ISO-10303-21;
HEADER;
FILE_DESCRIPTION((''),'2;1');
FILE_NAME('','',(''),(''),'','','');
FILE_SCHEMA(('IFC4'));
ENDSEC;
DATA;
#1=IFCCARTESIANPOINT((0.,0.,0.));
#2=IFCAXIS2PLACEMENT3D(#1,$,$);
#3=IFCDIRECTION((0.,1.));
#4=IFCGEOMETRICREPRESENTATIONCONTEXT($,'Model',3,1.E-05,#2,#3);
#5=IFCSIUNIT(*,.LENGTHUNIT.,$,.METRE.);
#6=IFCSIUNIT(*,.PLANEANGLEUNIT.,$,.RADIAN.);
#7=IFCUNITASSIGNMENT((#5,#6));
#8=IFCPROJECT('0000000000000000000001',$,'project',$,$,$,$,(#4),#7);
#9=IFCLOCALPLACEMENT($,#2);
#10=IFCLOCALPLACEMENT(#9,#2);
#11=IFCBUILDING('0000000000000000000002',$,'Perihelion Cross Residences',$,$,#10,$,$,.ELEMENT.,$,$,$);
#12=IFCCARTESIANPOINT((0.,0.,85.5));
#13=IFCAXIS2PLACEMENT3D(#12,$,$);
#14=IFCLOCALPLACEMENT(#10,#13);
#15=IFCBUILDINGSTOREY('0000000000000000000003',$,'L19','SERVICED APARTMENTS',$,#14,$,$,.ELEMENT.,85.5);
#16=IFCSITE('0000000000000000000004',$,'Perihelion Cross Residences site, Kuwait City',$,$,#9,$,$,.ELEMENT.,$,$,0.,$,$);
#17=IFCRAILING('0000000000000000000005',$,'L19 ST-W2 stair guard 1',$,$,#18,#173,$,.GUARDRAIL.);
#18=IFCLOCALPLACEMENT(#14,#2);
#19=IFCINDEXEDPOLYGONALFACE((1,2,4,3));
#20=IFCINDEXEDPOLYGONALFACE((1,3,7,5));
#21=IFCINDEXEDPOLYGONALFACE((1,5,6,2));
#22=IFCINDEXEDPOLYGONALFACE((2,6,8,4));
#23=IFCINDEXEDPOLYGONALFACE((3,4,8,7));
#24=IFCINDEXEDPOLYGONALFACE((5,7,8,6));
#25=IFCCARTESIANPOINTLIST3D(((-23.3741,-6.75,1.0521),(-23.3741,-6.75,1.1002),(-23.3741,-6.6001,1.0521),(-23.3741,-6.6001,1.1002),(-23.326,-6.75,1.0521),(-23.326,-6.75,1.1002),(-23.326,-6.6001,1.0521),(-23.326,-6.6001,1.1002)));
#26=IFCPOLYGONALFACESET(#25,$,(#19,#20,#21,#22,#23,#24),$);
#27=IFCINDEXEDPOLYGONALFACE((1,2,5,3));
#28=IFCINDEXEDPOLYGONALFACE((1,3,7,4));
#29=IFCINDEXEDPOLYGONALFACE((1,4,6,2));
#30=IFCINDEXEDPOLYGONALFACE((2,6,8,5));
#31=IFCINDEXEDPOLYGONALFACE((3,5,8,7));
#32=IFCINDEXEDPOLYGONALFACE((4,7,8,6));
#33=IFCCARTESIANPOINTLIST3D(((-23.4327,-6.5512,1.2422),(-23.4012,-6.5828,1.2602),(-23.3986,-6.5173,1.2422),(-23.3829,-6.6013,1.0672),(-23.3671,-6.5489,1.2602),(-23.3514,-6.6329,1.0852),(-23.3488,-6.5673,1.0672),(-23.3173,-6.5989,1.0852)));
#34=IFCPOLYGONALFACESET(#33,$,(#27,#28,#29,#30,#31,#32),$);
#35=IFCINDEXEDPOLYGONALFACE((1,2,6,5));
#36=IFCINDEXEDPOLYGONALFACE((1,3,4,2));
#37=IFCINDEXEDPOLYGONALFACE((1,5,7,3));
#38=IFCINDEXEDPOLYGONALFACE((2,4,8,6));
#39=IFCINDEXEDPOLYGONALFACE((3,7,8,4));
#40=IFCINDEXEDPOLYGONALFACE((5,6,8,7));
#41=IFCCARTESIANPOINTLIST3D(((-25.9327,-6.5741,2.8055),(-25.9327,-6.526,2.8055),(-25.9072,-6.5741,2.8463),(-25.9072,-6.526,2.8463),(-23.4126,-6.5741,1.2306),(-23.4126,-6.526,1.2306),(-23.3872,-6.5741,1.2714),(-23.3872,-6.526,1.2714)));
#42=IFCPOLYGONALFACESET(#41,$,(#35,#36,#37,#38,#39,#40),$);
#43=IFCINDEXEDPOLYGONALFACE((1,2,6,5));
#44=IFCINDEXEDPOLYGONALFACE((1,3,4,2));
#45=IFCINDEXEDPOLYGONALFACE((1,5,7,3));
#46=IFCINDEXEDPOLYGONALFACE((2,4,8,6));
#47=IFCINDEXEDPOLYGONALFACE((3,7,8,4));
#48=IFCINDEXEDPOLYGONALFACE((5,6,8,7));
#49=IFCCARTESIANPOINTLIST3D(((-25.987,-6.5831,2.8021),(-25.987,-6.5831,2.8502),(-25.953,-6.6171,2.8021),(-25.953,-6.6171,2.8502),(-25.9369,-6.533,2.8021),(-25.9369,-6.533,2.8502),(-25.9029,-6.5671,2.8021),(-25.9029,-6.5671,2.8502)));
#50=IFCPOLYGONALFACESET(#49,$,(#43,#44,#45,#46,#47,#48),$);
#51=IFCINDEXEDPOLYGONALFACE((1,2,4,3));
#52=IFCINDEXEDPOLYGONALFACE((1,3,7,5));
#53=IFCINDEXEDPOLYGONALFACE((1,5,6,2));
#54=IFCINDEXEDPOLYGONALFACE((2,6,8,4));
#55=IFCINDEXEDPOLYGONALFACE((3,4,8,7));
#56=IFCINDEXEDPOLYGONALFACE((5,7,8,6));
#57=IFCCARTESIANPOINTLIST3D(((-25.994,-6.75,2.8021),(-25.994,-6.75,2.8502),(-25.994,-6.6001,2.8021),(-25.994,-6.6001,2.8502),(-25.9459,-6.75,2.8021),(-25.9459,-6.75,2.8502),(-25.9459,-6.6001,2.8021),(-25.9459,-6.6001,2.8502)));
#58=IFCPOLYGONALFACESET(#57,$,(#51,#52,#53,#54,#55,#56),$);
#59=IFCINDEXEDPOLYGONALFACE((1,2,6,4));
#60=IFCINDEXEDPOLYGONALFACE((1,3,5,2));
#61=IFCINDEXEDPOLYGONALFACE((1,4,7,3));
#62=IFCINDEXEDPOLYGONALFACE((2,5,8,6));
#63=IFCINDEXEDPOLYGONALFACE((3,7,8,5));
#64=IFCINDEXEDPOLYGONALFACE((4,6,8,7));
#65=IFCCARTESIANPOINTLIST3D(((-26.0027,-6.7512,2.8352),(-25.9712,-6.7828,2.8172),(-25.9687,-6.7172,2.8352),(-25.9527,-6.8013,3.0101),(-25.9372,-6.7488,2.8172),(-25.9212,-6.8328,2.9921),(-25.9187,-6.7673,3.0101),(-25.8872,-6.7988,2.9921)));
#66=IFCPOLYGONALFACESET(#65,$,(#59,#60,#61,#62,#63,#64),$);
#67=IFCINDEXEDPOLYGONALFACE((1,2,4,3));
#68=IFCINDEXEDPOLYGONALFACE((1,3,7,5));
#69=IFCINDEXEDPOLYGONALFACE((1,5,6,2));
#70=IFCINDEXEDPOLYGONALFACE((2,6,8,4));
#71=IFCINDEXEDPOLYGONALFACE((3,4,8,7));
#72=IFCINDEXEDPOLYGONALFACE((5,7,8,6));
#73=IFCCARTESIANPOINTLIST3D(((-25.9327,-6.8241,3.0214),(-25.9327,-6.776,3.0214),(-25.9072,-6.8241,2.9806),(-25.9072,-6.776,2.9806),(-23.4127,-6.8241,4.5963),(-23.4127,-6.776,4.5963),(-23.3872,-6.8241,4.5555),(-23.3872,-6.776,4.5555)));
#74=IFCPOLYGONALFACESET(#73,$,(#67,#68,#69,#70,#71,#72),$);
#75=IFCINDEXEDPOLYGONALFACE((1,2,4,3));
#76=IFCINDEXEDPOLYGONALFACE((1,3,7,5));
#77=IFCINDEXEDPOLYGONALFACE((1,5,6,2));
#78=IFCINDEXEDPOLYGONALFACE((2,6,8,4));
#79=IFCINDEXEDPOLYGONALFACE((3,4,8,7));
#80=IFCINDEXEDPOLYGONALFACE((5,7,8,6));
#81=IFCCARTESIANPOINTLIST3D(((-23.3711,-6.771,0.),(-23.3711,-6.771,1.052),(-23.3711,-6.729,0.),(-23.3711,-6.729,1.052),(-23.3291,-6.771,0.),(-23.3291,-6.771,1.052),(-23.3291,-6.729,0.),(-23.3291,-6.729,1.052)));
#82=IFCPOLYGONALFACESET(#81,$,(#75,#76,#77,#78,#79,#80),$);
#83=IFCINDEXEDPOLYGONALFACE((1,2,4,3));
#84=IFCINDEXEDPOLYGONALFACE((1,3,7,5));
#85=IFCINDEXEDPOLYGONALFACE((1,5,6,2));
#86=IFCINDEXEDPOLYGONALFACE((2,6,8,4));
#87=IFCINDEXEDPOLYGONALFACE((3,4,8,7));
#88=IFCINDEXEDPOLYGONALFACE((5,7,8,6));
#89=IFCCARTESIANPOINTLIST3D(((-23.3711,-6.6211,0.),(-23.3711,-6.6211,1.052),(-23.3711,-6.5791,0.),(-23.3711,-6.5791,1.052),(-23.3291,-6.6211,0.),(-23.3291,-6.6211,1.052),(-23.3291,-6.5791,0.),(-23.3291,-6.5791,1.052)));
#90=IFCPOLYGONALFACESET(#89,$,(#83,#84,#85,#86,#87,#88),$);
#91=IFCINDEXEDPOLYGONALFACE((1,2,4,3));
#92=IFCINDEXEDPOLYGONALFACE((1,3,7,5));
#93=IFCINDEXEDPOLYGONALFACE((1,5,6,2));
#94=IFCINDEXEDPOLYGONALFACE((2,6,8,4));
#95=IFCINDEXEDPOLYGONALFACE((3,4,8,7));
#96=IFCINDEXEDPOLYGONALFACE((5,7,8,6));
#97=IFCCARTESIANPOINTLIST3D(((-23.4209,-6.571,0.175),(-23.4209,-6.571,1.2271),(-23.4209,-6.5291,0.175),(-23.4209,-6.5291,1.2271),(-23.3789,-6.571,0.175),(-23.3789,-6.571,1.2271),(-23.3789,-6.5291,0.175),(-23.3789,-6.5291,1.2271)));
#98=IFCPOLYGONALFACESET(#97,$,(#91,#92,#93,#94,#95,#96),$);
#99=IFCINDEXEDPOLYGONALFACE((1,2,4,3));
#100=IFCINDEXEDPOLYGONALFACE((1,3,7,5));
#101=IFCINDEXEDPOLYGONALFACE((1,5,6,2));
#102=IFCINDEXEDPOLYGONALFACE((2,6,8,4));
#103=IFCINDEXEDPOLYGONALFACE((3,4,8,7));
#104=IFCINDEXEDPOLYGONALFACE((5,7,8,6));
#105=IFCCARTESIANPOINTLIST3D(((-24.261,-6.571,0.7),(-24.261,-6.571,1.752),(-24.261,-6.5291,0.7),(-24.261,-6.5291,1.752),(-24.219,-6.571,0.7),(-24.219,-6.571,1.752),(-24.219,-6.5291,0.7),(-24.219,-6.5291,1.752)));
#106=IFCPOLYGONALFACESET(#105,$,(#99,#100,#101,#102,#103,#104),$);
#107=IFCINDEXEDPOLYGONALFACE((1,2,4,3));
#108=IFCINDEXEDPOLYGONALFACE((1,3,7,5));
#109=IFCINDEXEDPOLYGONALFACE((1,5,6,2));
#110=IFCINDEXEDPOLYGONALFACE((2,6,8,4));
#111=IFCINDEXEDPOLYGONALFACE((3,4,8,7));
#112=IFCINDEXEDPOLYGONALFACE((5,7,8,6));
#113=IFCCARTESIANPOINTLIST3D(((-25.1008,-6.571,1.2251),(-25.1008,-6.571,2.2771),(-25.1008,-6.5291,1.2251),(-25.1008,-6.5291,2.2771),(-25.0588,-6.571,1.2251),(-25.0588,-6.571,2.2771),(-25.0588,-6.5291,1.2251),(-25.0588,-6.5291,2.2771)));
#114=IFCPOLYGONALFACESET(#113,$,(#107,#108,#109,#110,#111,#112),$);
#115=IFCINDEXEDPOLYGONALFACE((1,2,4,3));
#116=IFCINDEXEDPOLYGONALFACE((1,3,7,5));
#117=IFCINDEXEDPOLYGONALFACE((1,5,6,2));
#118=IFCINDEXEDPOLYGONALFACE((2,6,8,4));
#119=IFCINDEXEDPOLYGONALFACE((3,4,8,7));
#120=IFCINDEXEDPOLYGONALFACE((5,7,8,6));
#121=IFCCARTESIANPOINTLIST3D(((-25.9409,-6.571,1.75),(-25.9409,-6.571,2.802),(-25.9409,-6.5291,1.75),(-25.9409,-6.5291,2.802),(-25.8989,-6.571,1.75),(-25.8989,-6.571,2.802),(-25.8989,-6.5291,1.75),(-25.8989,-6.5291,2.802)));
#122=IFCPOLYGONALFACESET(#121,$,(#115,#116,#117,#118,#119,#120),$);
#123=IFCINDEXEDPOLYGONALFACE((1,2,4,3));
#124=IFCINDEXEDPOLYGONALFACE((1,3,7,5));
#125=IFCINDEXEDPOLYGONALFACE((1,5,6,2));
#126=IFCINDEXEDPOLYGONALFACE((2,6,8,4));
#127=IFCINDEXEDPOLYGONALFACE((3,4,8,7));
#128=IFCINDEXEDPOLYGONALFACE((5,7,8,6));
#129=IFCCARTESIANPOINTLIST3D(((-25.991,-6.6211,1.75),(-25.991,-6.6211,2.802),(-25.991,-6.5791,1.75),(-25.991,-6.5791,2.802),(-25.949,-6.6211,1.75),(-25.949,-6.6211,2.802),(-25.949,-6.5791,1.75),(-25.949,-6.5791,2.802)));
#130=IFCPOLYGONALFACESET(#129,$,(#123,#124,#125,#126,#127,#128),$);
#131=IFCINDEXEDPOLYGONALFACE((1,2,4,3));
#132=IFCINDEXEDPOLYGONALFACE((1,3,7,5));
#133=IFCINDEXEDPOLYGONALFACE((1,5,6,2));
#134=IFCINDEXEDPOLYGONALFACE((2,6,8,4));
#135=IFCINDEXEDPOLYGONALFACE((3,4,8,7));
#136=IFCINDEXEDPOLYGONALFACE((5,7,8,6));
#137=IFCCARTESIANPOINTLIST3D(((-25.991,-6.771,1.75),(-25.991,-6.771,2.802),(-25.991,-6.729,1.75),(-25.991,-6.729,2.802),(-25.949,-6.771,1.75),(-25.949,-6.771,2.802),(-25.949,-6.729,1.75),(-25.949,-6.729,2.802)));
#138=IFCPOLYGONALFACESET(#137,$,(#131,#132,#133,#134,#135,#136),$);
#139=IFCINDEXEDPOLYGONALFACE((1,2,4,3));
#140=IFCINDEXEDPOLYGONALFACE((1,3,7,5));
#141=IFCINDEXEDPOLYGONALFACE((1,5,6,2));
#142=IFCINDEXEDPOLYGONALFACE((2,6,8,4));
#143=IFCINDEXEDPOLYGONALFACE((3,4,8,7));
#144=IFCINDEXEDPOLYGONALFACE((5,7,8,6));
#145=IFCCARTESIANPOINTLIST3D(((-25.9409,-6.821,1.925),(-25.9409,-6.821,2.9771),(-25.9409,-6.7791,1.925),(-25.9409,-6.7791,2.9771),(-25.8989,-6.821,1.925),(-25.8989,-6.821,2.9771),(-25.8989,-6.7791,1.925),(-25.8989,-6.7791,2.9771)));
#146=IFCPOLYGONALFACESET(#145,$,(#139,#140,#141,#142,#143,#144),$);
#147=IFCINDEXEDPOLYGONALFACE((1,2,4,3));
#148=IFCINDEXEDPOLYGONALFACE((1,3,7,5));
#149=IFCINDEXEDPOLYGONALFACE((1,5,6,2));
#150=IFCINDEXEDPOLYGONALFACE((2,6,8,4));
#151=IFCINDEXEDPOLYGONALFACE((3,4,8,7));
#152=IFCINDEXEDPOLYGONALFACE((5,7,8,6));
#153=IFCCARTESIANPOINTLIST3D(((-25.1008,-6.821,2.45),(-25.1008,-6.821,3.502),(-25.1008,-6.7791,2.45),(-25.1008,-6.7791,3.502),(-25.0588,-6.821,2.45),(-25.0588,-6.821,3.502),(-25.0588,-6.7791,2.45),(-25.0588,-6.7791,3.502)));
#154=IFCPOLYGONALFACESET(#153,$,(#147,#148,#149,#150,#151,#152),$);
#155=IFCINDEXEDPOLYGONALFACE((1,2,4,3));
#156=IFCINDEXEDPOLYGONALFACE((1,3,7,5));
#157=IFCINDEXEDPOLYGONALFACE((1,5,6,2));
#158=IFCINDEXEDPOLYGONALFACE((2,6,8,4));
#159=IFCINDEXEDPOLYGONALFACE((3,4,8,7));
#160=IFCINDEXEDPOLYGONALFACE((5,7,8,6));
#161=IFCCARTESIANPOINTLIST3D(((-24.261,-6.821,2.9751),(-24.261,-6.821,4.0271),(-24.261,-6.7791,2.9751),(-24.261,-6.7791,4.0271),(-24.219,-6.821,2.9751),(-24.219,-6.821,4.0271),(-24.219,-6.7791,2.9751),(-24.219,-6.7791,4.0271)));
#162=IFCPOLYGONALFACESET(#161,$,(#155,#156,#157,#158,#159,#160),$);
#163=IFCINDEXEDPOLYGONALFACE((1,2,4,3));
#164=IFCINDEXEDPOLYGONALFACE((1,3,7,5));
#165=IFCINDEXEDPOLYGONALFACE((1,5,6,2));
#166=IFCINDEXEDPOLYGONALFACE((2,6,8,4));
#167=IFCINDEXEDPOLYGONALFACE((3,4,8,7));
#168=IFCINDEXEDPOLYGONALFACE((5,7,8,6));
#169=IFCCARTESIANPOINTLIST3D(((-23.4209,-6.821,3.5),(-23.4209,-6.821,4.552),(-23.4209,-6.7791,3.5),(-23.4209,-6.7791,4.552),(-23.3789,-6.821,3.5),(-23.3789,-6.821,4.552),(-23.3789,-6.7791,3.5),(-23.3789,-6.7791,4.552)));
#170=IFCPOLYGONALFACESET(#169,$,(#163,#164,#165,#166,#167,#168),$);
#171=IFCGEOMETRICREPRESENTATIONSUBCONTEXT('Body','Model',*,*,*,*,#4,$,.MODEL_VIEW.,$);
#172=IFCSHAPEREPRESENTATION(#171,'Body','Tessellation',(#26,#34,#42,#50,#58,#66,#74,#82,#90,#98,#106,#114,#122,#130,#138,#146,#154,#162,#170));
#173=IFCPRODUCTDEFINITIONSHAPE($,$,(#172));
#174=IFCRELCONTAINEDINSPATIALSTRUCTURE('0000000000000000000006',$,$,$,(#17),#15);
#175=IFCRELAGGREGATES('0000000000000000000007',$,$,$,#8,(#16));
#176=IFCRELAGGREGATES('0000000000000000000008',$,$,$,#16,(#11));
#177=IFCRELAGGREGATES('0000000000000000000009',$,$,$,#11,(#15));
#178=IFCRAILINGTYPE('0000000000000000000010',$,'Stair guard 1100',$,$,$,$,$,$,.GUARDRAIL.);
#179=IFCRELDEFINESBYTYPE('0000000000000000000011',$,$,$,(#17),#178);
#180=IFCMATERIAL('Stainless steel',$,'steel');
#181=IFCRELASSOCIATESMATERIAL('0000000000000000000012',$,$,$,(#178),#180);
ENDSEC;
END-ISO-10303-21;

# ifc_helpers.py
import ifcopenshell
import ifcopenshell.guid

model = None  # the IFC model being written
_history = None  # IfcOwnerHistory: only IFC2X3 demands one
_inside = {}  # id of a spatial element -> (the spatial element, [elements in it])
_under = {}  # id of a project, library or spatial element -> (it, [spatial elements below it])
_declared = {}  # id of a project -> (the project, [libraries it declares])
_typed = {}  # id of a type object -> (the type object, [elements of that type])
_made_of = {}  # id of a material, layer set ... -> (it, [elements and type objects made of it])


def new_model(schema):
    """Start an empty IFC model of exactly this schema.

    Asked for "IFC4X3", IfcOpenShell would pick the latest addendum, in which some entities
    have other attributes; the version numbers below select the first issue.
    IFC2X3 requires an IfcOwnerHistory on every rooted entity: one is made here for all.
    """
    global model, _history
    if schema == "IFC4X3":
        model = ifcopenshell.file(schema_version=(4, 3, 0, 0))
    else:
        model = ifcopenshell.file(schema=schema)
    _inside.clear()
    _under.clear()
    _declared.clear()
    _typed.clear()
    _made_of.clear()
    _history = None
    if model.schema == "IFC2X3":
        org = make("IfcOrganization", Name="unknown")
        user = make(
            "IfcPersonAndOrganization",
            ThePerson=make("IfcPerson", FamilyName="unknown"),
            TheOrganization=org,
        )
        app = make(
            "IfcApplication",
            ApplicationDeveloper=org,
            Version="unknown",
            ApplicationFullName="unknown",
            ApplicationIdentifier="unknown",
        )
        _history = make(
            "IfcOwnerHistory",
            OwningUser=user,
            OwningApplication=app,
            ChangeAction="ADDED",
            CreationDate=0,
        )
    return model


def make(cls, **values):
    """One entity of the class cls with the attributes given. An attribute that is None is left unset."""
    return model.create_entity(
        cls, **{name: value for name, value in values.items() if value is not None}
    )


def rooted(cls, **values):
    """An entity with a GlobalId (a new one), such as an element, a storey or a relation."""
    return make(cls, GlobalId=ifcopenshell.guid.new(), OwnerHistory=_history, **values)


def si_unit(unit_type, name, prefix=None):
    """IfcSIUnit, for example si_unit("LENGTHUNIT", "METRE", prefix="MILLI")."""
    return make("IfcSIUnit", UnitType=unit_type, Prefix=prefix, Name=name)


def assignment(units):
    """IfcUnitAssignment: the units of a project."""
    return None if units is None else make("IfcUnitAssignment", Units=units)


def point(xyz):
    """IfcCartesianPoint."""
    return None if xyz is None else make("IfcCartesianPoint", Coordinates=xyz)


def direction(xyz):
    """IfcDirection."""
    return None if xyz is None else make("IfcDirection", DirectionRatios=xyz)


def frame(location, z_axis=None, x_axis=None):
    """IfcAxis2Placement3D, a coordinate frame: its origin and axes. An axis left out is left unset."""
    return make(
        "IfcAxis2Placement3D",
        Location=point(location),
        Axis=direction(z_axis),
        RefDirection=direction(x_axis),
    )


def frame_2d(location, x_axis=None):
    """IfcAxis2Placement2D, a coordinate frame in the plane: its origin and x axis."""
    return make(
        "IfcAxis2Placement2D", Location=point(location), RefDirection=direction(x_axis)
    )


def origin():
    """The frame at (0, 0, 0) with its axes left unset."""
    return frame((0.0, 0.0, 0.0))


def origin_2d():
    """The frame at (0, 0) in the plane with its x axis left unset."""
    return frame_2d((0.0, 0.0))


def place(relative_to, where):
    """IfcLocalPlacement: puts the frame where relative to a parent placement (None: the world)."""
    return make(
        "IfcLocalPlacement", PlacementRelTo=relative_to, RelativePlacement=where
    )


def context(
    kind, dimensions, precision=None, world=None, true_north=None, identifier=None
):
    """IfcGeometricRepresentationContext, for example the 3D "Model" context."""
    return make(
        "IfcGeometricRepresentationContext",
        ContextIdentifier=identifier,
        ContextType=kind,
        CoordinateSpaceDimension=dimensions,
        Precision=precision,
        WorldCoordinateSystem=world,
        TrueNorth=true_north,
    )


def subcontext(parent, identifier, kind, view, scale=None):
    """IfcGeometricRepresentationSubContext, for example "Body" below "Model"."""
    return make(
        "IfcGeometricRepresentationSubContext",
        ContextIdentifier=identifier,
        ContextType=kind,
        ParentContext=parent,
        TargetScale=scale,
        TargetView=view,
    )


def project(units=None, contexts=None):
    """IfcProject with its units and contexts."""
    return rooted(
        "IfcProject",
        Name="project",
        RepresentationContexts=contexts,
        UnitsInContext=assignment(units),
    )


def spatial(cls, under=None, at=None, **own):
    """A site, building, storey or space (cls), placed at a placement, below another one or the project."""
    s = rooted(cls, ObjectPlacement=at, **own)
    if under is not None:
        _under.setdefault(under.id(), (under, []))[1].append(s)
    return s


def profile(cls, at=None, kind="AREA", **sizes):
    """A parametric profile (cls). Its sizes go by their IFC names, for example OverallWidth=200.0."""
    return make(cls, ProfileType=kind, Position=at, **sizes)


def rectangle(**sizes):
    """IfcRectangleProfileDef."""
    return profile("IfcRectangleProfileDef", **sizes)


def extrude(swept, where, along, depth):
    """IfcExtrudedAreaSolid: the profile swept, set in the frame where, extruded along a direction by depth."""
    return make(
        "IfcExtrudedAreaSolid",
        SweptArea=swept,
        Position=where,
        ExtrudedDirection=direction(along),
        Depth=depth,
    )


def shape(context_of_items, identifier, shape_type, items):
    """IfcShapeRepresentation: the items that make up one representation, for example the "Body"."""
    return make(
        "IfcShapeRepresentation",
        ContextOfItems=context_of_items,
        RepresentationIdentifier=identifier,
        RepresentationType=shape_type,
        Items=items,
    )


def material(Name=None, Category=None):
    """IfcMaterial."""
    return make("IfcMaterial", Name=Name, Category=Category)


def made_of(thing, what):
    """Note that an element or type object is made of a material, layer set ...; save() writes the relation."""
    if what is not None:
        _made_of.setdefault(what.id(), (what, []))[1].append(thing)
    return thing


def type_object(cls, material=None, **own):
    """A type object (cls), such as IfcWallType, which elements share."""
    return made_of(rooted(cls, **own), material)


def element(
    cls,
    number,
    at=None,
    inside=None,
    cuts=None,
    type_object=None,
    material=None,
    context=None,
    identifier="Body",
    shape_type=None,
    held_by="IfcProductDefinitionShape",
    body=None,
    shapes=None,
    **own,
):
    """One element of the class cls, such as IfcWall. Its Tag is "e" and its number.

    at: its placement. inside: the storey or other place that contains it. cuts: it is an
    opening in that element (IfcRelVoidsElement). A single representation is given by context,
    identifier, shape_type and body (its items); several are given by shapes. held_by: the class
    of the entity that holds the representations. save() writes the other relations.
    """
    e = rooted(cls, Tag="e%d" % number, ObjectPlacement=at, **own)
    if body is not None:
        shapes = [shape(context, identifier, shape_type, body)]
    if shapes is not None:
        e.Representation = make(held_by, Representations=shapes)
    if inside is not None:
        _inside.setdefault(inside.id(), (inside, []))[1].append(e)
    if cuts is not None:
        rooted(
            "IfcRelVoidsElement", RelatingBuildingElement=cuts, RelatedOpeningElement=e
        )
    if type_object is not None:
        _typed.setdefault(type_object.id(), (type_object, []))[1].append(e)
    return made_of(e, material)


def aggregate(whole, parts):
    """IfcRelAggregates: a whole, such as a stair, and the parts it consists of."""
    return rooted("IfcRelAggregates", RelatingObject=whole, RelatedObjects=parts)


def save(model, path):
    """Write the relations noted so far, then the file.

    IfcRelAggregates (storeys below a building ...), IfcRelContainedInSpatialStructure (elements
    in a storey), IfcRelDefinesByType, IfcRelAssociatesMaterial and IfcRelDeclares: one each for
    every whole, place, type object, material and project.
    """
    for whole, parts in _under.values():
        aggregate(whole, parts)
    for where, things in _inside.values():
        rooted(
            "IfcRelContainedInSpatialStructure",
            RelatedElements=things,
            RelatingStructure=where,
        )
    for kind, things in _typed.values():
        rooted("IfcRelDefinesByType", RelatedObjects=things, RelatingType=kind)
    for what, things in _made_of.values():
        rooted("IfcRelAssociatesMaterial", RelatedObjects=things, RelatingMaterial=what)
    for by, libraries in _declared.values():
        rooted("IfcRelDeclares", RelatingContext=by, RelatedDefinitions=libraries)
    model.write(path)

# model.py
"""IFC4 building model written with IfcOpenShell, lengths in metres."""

from ifc_helpers import new_model, si_unit, direction, frame, origin, origin_2d, place, context, subcontext, project, spatial, rectangle, extrude, material, type_object, element, save


model = new_model("IFC4")

# Units and contexts
model_context = context("Model", 3, precision=1e-05, world=origin(), true_north=direction((0.0, 1.0)))
body_context = subcontext(model_context, "Body", "Model", "MODEL_VIEW")
ifc_project = project(units=[si_unit("LENGTHUNIT", "METRE"), si_unit("PLANEANGLEUNIT", "RADIAN")], contexts=[model_context])

# Site, building, storey
site_placement = place(None, origin())
site = spatial("IfcSite", under=ifc_project, at=site_placement, Name="Perihelion Cross Residences site, Kuwait City", CompositionType="ELEMENT", RefElevation=0.0)
building_placement = place(site_placement, origin())
building = spatial("IfcBuilding", under=site, at=building_placement, Name="Perihelion Cross Residences", CompositionType="ELEMENT")
storey_placement = place(building_placement, frame((0.0, 0.0, 85.5)))
storey = spatial("IfcBuildingStorey", under=building, at=storey_placement, Name="L19", Description="SERVICED APARTMENTS", CompositionType="ELEMENT", Elevation=85.5)

# Railing
ifc_material_1 = material(Name="Stainless steel", Category="steel")
railing_type_1 = type_object("IfcRailingType", Name="Stair guard 1100", PredefinedType="GUARDRAIL", material=ifc_material_1)
railing_1_placement = place(storey_placement, frame((-23.3501, -6.75, 0.0)))
element("IfcRailing", 1, at=railing_1_placement, inside=storey, type_object=railing_type_1, Name="L19 ST-W2 stair guard 1", PredefinedType="GUARDRAIL", context=body_context, shape_type="SweptSolid", body=[
    extrude(rectangle(XDim=0.0481, YDim=0.0481, at=origin_2d()), frame((0.0, 0.0, 1.0762), z_axis=(0.0, 1.0, 0.0), x_axis=(-1.0, 0.0, 0.0)), (0.0, 0.0, 1.0), 0.1499),
    extrude(rectangle(XDim=0.0481, YDim=0.0481, at=origin_2d()), frame((0.0, 0.1499, 1.0762), z_axis=(-0.263862, 0.265156, 0.927399), x_axis=(-0.708834, -0.705376, 0.0)), (0.0, 0.0, 1.0), 0.1887),
    extrude(rectangle(XDim=0.0481, YDim=0.0481, at=origin_2d()), frame((-0.0498, 0.2, 1.251), z_axis=(-0.848008, 0.0, 0.529984), x_axis=(0.0, -1.0, 0.0)), (0.0, 0.0, 1.0), 2.9717),
    extrude(rectangle(XDim=0.0481, YDim=0.0481, at=origin_2d()), frame((-2.5698, 0.2, 2.8262), z_axis=(-0.707107, -0.707107, 0.0), x_axis=(0.707107, -0.707107, 0.0)), (0.0, 0.0, 1.0), 0.0708),
    extrude(rectangle(XDim=0.0481, YDim=0.0481, at=origin_2d()), frame((-2.6199, 0.1499, 2.8262), z_axis=(0.0, -1.0, 0.0), x_axis=(1.0, 0.0, 0.0)), (0.0, 0.0, 1.0), 0.1499),
    extrude(rectangle(XDim=0.0481, YDim=0.0481, at=origin_2d()), frame((-2.6199, 0.0, 2.8262), z_axis=(0.265065, -0.265065, 0.927082), x_axis=(0.707107, 0.707107, 0.0)), (0.0, 0.0, 1.0), 0.1887),
    extrude(rectangle(XDim=0.0481, YDim=0.0481, at=origin_2d()), frame((-2.5698, -0.05, 3.001), z_axis=(0.848008, 0.0, 0.529984), x_axis=(0.0, 1.0, 0.0)), (0.0, 0.0, 1.0), 2.9717),
    extrude(rectangle(XDim=0.042, YDim=0.042, at=origin_2d()), origin(), (0.0, 0.0, 1.0), 1.052),
    extrude(rectangle(XDim=0.042, YDim=0.042, at=origin_2d()), frame((0.0, 0.1499, 0.0)), (0.0, 0.0, 1.0), 1.052),
    extrude(rectangle(XDim=0.042, YDim=0.042, at=origin_2d()), frame((-0.0498, 0.2, 0.175)), (0.0, 0.0, 1.0), 1.052),
    extrude(rectangle(XDim=0.042, YDim=0.042, at=origin_2d()), frame((-0.8899, 0.2, 0.7)), (0.0, 0.0, 1.0), 1.052),
    extrude(rectangle(XDim=0.042, YDim=0.042, at=origin_2d()), frame((-1.7297, 0.2, 1.2251)), (0.0, 0.0, 1.0), 1.052),
    extrude(rectangle(XDim=0.042, YDim=0.042, at=origin_2d()), frame((-2.5698, 0.2, 1.75)), (0.0, 0.0, 1.0), 1.052),
    extrude(rectangle(XDim=0.042, YDim=0.042, at=origin_2d()), frame((-2.6199, 0.1499, 1.75)), (0.0, 0.0, 1.0), 1.052),
    extrude(rectangle(XDim=0.042, YDim=0.042, at=origin_2d()), frame((-2.6199, 0.0, 1.75)), (0.0, 0.0, 1.0), 1.052),
    extrude(rectangle(XDim=0.042, YDim=0.042, at=origin_2d()), frame((-2.5698, -0.05, 1.925)), (0.0, 0.0, 1.0), 1.052),
    extrude(rectangle(XDim=0.042, YDim=0.042, at=origin_2d()), frame((-1.7297, -0.05, 2.45)), (0.0, 0.0, 1.0), 1.052),
    extrude(rectangle(XDim=0.042, YDim=0.042, at=origin_2d()), frame((-0.8899, -0.05, 2.9751)), (0.0, 0.0, 1.0), 1.052),
    extrude(rectangle(XDim=0.042, YDim=0.042, at=origin_2d()), frame((-0.0498, -0.05, 3.5)), (0.0, 0.0, 1.0), 1.052),
])

save(model, "model.ifc")
